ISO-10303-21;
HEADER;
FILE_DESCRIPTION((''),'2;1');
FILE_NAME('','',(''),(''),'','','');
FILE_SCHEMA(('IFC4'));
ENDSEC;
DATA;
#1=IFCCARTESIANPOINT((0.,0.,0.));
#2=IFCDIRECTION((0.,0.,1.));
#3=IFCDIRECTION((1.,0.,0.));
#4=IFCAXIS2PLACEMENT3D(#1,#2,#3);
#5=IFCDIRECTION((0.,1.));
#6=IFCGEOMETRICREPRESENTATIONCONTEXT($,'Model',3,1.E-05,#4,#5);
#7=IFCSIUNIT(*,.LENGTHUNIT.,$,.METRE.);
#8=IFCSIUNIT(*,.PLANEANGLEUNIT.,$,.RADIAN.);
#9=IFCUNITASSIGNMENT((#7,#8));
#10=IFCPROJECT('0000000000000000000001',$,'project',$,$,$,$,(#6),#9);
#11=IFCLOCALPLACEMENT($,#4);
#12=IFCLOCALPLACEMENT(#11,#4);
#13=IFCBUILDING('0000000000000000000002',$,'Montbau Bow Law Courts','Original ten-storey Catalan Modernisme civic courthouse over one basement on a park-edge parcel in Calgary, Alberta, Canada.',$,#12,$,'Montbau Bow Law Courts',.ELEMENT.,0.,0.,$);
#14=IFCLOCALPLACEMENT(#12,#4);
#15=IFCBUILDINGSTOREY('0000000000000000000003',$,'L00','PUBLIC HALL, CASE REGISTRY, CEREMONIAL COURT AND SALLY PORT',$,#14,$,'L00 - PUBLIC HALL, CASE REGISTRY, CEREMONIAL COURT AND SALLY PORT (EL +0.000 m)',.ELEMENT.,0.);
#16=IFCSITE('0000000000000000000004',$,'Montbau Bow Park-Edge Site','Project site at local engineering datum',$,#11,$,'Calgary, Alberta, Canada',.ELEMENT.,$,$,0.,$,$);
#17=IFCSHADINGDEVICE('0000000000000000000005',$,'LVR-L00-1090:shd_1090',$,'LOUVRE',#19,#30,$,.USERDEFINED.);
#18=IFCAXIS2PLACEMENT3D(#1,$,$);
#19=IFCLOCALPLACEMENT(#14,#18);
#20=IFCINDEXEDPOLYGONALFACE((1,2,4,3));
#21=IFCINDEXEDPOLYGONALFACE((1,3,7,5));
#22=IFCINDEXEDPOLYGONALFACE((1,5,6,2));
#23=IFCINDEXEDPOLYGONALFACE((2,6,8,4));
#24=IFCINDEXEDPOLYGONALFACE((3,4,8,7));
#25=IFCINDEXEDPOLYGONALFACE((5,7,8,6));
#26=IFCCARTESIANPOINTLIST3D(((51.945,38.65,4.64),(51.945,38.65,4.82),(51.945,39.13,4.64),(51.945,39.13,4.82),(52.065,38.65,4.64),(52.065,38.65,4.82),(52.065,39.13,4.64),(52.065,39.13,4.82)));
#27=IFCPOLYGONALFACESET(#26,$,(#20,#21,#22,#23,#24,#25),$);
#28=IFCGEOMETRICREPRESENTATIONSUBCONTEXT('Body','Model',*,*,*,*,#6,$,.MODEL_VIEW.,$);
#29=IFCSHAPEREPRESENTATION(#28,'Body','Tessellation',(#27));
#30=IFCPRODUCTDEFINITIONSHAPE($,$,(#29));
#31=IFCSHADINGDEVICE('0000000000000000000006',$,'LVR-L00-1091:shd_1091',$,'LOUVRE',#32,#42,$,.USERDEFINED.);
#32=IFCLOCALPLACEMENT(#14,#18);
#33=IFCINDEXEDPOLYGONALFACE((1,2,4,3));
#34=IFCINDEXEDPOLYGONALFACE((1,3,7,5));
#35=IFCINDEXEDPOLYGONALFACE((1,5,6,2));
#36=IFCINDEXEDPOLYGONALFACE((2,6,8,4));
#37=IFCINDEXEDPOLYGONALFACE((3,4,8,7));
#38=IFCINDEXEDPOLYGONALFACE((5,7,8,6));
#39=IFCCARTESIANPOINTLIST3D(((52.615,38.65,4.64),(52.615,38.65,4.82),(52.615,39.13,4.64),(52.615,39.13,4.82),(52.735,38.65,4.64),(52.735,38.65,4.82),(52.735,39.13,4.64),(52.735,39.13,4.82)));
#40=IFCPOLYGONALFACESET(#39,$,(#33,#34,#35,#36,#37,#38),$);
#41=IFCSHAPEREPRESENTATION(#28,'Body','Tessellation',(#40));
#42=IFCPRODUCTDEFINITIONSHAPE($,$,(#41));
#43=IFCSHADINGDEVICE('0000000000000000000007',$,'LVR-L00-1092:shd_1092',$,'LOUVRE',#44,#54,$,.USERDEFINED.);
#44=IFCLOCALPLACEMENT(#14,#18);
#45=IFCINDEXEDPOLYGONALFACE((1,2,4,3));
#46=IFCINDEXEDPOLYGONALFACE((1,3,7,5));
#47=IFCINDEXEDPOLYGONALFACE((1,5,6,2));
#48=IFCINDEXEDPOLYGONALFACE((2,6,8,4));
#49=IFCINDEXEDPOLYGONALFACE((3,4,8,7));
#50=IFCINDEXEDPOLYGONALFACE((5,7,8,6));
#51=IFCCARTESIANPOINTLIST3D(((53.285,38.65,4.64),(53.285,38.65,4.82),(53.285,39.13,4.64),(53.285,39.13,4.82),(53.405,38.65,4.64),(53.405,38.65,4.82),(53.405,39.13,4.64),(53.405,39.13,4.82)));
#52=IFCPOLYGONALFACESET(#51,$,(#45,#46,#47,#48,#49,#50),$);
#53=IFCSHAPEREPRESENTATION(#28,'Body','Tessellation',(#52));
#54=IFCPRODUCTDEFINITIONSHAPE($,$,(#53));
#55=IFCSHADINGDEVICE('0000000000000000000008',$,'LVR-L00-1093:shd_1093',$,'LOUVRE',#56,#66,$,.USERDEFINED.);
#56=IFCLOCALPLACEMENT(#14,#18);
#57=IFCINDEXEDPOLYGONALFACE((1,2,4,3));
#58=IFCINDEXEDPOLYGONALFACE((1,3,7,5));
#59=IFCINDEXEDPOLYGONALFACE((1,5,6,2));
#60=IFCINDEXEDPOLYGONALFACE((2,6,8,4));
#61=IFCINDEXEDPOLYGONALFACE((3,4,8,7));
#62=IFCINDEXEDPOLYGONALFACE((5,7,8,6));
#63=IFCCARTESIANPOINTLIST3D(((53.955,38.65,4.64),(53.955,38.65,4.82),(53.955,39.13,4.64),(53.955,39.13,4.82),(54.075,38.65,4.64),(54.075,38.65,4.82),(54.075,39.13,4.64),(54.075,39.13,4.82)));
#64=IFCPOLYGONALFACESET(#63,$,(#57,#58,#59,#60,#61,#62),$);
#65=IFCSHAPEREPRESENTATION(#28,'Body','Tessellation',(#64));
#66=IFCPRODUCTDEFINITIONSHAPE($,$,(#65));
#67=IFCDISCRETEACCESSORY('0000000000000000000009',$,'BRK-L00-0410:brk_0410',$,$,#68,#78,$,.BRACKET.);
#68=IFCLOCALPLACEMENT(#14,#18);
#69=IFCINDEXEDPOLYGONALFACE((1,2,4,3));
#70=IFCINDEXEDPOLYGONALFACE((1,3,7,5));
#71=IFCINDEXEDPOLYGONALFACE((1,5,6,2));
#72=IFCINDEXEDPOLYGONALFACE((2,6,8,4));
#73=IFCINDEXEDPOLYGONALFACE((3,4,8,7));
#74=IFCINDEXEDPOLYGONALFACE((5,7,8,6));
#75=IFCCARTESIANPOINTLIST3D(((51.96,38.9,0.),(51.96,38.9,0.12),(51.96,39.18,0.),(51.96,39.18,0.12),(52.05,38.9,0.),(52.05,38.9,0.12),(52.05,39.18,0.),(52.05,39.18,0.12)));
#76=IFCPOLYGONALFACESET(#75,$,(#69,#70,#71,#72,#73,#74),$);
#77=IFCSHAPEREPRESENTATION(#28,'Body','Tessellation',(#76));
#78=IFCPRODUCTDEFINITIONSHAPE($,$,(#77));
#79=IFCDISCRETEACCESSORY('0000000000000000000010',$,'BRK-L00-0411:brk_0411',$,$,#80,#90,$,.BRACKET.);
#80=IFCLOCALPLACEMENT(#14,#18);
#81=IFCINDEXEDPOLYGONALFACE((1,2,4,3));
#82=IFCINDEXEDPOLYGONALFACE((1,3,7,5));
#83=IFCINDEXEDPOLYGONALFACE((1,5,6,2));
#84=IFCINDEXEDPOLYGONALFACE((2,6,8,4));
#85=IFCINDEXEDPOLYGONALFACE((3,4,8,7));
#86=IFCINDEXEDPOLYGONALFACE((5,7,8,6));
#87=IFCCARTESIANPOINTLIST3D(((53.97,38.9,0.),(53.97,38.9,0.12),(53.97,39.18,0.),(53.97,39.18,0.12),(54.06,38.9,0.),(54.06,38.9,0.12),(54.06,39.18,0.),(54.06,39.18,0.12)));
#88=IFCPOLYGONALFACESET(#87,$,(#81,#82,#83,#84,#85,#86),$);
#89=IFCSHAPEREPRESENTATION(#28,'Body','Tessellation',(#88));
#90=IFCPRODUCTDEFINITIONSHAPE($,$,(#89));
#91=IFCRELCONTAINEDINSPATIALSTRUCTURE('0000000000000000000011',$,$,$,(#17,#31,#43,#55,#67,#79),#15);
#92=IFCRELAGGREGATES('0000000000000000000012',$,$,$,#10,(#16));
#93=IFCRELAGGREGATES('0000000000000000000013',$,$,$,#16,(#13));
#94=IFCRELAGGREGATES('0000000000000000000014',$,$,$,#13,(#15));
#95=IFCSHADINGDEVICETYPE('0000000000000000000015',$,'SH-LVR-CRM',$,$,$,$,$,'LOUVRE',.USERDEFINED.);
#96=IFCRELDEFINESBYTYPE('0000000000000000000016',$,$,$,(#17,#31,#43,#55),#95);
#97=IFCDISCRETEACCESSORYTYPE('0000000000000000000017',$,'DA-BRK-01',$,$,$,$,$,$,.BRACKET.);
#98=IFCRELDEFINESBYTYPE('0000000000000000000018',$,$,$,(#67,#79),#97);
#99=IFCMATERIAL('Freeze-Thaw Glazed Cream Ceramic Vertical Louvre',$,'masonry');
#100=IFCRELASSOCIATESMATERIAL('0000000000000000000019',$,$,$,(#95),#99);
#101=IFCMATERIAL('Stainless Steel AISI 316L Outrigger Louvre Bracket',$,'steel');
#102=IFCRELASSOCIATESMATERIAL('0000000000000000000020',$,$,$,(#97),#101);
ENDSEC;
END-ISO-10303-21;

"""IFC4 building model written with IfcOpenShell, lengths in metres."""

from ifc_helpers import new_model, si_unit, direction, frame, origin_with_axes, origin_2d_with_axis, place, context, subcontext, project, spatial, rectangle, extrude, material, type_object, element, save


model = new_model("IFC4")

# Units and contexts
model_context = context("Model", 3, precision=1e-05, world=origin_with_axes(), true_north=direction((0.0, 1.0)))
body_context = subcontext(model_context, "Body", "Model", "MODEL_VIEW")
ifc_project = project(units=[si_unit("LENGTHUNIT", "METRE"), si_unit("PLANEANGLEUNIT", "RADIAN")], contexts=[model_context])

# Site, building, storey
site_placement = place(None, origin_with_axes())
site = spatial("IfcSite", under=ifc_project, at=site_placement, Name="Montbau Bow Park-Edge Site", Description="Project site at local engineering datum", LongName="Calgary, Alberta, Canada", CompositionType="ELEMENT", RefElevation=0.0)
building_placement = place(site_placement, origin_with_axes())
building = spatial("IfcBuilding", under=site, at=building_placement, Name="Montbau Bow Law Courts", Description="Original ten-storey Catalan Modernisme civic courthouse over one basement on a park-edge parcel in Calgary, Alberta, Canada.", LongName="Montbau Bow Law Courts", CompositionType="ELEMENT", ElevationOfRefHeight=0.0, ElevationOfTerrain=0.0)
storey_placement = place(building_placement, origin_with_axes())
storey = spatial("IfcBuildingStorey", under=building, at=storey_placement, Name="L00", Description="PUBLIC HALL, CASE REGISTRY, CEREMONIAL COURT AND SALLY PORT", LongName="L00 - PUBLIC HALL, CASE REGISTRY, CEREMONIAL COURT AND SALLY PORT (EL +0.000 m)", CompositionType="ELEMENT", Elevation=0.0)

# Shading devices
ifc_material_1 = material(Name="Freeze-Thaw Glazed Cream Ceramic Vertical Louvre", Category="masonry")
shading_device_type = type_object("IfcShadingDeviceType", Name="SH-LVR-CRM", ElementType="LOUVRE", PredefinedType="USERDEFINED", material=ifc_material_1)
for number, where, z_axis, x_axis, name in (
    (1, (52.005, 38.89, 4.64), (0.0, 0.0, 1.0), (0.0, -1.0, 0.0), "LVR-L00-1090:shd_1090"),
    (2, (52.675, 38.89, 4.64), (0.0, 0.0, 1.0), (0.0, -1.0, 0.0), "LVR-L00-1091:shd_1091"),
    (3, (53.345, 38.89, 4.64), (0.0, 0.0, 1.0), (0.0, -1.0, 0.0), "LVR-L00-1092:shd_1092"),
    (4, (54.015, 38.89, 4.64), (0.0, 0.0, 1.0), (0.0, -1.0, 0.0), "LVR-L00-1093:shd_1093"),
):
    element("IfcShadingDevice", number, at=place(None, frame(where, z_axis=z_axis, x_axis=x_axis)), inside=storey, type_object=shading_device_type, Name=name, ObjectType="LOUVRE", PredefinedType="USERDEFINED", context=body_context, shape_type="SweptSolid", body=[
        extrude(rectangle(XDim=0.48, YDim=0.12, at=origin_2d_with_axis()), origin_with_axes(), (0.0, 0.0, 1.0), 0.18),
    ])

# Discrete accessories
ifc_material_2 = material(Name="Stainless Steel AISI 316L Outrigger Louvre Bracket", Category="steel")
discrete_accessory_type = type_object("IfcDiscreteAccessoryType", Name="DA-BRK-01", PredefinedType="BRACKET", material=ifc_material_2)
for number, where, z_axis, x_axis, name in (
    (5, (52.005, 39.04, 0.0), (0.0, 0.0, 1.0), (0.0, -1.0, 0.0), "BRK-L00-0410:brk_0410"),
    (6, (54.015, 39.04, 0.0), (0.0, 0.0, 1.0), (0.0, -1.0, 0.0), "BRK-L00-0411:brk_0411"),
):
    element("IfcDiscreteAccessory", number, at=place(None, frame(where, z_axis=z_axis, x_axis=x_axis)), inside=storey, type_object=discrete_accessory_type, Name=name, PredefinedType="BRACKET", context=body_context, shape_type="SweptSolid", body=[
        extrude(rectangle(XDim=0.28, YDim=0.09, at=origin_2d_with_axis()), origin_with_axes(), (0.0, 0.0, 1.0), 0.12),
    ])

save(model, "model.ifc")
